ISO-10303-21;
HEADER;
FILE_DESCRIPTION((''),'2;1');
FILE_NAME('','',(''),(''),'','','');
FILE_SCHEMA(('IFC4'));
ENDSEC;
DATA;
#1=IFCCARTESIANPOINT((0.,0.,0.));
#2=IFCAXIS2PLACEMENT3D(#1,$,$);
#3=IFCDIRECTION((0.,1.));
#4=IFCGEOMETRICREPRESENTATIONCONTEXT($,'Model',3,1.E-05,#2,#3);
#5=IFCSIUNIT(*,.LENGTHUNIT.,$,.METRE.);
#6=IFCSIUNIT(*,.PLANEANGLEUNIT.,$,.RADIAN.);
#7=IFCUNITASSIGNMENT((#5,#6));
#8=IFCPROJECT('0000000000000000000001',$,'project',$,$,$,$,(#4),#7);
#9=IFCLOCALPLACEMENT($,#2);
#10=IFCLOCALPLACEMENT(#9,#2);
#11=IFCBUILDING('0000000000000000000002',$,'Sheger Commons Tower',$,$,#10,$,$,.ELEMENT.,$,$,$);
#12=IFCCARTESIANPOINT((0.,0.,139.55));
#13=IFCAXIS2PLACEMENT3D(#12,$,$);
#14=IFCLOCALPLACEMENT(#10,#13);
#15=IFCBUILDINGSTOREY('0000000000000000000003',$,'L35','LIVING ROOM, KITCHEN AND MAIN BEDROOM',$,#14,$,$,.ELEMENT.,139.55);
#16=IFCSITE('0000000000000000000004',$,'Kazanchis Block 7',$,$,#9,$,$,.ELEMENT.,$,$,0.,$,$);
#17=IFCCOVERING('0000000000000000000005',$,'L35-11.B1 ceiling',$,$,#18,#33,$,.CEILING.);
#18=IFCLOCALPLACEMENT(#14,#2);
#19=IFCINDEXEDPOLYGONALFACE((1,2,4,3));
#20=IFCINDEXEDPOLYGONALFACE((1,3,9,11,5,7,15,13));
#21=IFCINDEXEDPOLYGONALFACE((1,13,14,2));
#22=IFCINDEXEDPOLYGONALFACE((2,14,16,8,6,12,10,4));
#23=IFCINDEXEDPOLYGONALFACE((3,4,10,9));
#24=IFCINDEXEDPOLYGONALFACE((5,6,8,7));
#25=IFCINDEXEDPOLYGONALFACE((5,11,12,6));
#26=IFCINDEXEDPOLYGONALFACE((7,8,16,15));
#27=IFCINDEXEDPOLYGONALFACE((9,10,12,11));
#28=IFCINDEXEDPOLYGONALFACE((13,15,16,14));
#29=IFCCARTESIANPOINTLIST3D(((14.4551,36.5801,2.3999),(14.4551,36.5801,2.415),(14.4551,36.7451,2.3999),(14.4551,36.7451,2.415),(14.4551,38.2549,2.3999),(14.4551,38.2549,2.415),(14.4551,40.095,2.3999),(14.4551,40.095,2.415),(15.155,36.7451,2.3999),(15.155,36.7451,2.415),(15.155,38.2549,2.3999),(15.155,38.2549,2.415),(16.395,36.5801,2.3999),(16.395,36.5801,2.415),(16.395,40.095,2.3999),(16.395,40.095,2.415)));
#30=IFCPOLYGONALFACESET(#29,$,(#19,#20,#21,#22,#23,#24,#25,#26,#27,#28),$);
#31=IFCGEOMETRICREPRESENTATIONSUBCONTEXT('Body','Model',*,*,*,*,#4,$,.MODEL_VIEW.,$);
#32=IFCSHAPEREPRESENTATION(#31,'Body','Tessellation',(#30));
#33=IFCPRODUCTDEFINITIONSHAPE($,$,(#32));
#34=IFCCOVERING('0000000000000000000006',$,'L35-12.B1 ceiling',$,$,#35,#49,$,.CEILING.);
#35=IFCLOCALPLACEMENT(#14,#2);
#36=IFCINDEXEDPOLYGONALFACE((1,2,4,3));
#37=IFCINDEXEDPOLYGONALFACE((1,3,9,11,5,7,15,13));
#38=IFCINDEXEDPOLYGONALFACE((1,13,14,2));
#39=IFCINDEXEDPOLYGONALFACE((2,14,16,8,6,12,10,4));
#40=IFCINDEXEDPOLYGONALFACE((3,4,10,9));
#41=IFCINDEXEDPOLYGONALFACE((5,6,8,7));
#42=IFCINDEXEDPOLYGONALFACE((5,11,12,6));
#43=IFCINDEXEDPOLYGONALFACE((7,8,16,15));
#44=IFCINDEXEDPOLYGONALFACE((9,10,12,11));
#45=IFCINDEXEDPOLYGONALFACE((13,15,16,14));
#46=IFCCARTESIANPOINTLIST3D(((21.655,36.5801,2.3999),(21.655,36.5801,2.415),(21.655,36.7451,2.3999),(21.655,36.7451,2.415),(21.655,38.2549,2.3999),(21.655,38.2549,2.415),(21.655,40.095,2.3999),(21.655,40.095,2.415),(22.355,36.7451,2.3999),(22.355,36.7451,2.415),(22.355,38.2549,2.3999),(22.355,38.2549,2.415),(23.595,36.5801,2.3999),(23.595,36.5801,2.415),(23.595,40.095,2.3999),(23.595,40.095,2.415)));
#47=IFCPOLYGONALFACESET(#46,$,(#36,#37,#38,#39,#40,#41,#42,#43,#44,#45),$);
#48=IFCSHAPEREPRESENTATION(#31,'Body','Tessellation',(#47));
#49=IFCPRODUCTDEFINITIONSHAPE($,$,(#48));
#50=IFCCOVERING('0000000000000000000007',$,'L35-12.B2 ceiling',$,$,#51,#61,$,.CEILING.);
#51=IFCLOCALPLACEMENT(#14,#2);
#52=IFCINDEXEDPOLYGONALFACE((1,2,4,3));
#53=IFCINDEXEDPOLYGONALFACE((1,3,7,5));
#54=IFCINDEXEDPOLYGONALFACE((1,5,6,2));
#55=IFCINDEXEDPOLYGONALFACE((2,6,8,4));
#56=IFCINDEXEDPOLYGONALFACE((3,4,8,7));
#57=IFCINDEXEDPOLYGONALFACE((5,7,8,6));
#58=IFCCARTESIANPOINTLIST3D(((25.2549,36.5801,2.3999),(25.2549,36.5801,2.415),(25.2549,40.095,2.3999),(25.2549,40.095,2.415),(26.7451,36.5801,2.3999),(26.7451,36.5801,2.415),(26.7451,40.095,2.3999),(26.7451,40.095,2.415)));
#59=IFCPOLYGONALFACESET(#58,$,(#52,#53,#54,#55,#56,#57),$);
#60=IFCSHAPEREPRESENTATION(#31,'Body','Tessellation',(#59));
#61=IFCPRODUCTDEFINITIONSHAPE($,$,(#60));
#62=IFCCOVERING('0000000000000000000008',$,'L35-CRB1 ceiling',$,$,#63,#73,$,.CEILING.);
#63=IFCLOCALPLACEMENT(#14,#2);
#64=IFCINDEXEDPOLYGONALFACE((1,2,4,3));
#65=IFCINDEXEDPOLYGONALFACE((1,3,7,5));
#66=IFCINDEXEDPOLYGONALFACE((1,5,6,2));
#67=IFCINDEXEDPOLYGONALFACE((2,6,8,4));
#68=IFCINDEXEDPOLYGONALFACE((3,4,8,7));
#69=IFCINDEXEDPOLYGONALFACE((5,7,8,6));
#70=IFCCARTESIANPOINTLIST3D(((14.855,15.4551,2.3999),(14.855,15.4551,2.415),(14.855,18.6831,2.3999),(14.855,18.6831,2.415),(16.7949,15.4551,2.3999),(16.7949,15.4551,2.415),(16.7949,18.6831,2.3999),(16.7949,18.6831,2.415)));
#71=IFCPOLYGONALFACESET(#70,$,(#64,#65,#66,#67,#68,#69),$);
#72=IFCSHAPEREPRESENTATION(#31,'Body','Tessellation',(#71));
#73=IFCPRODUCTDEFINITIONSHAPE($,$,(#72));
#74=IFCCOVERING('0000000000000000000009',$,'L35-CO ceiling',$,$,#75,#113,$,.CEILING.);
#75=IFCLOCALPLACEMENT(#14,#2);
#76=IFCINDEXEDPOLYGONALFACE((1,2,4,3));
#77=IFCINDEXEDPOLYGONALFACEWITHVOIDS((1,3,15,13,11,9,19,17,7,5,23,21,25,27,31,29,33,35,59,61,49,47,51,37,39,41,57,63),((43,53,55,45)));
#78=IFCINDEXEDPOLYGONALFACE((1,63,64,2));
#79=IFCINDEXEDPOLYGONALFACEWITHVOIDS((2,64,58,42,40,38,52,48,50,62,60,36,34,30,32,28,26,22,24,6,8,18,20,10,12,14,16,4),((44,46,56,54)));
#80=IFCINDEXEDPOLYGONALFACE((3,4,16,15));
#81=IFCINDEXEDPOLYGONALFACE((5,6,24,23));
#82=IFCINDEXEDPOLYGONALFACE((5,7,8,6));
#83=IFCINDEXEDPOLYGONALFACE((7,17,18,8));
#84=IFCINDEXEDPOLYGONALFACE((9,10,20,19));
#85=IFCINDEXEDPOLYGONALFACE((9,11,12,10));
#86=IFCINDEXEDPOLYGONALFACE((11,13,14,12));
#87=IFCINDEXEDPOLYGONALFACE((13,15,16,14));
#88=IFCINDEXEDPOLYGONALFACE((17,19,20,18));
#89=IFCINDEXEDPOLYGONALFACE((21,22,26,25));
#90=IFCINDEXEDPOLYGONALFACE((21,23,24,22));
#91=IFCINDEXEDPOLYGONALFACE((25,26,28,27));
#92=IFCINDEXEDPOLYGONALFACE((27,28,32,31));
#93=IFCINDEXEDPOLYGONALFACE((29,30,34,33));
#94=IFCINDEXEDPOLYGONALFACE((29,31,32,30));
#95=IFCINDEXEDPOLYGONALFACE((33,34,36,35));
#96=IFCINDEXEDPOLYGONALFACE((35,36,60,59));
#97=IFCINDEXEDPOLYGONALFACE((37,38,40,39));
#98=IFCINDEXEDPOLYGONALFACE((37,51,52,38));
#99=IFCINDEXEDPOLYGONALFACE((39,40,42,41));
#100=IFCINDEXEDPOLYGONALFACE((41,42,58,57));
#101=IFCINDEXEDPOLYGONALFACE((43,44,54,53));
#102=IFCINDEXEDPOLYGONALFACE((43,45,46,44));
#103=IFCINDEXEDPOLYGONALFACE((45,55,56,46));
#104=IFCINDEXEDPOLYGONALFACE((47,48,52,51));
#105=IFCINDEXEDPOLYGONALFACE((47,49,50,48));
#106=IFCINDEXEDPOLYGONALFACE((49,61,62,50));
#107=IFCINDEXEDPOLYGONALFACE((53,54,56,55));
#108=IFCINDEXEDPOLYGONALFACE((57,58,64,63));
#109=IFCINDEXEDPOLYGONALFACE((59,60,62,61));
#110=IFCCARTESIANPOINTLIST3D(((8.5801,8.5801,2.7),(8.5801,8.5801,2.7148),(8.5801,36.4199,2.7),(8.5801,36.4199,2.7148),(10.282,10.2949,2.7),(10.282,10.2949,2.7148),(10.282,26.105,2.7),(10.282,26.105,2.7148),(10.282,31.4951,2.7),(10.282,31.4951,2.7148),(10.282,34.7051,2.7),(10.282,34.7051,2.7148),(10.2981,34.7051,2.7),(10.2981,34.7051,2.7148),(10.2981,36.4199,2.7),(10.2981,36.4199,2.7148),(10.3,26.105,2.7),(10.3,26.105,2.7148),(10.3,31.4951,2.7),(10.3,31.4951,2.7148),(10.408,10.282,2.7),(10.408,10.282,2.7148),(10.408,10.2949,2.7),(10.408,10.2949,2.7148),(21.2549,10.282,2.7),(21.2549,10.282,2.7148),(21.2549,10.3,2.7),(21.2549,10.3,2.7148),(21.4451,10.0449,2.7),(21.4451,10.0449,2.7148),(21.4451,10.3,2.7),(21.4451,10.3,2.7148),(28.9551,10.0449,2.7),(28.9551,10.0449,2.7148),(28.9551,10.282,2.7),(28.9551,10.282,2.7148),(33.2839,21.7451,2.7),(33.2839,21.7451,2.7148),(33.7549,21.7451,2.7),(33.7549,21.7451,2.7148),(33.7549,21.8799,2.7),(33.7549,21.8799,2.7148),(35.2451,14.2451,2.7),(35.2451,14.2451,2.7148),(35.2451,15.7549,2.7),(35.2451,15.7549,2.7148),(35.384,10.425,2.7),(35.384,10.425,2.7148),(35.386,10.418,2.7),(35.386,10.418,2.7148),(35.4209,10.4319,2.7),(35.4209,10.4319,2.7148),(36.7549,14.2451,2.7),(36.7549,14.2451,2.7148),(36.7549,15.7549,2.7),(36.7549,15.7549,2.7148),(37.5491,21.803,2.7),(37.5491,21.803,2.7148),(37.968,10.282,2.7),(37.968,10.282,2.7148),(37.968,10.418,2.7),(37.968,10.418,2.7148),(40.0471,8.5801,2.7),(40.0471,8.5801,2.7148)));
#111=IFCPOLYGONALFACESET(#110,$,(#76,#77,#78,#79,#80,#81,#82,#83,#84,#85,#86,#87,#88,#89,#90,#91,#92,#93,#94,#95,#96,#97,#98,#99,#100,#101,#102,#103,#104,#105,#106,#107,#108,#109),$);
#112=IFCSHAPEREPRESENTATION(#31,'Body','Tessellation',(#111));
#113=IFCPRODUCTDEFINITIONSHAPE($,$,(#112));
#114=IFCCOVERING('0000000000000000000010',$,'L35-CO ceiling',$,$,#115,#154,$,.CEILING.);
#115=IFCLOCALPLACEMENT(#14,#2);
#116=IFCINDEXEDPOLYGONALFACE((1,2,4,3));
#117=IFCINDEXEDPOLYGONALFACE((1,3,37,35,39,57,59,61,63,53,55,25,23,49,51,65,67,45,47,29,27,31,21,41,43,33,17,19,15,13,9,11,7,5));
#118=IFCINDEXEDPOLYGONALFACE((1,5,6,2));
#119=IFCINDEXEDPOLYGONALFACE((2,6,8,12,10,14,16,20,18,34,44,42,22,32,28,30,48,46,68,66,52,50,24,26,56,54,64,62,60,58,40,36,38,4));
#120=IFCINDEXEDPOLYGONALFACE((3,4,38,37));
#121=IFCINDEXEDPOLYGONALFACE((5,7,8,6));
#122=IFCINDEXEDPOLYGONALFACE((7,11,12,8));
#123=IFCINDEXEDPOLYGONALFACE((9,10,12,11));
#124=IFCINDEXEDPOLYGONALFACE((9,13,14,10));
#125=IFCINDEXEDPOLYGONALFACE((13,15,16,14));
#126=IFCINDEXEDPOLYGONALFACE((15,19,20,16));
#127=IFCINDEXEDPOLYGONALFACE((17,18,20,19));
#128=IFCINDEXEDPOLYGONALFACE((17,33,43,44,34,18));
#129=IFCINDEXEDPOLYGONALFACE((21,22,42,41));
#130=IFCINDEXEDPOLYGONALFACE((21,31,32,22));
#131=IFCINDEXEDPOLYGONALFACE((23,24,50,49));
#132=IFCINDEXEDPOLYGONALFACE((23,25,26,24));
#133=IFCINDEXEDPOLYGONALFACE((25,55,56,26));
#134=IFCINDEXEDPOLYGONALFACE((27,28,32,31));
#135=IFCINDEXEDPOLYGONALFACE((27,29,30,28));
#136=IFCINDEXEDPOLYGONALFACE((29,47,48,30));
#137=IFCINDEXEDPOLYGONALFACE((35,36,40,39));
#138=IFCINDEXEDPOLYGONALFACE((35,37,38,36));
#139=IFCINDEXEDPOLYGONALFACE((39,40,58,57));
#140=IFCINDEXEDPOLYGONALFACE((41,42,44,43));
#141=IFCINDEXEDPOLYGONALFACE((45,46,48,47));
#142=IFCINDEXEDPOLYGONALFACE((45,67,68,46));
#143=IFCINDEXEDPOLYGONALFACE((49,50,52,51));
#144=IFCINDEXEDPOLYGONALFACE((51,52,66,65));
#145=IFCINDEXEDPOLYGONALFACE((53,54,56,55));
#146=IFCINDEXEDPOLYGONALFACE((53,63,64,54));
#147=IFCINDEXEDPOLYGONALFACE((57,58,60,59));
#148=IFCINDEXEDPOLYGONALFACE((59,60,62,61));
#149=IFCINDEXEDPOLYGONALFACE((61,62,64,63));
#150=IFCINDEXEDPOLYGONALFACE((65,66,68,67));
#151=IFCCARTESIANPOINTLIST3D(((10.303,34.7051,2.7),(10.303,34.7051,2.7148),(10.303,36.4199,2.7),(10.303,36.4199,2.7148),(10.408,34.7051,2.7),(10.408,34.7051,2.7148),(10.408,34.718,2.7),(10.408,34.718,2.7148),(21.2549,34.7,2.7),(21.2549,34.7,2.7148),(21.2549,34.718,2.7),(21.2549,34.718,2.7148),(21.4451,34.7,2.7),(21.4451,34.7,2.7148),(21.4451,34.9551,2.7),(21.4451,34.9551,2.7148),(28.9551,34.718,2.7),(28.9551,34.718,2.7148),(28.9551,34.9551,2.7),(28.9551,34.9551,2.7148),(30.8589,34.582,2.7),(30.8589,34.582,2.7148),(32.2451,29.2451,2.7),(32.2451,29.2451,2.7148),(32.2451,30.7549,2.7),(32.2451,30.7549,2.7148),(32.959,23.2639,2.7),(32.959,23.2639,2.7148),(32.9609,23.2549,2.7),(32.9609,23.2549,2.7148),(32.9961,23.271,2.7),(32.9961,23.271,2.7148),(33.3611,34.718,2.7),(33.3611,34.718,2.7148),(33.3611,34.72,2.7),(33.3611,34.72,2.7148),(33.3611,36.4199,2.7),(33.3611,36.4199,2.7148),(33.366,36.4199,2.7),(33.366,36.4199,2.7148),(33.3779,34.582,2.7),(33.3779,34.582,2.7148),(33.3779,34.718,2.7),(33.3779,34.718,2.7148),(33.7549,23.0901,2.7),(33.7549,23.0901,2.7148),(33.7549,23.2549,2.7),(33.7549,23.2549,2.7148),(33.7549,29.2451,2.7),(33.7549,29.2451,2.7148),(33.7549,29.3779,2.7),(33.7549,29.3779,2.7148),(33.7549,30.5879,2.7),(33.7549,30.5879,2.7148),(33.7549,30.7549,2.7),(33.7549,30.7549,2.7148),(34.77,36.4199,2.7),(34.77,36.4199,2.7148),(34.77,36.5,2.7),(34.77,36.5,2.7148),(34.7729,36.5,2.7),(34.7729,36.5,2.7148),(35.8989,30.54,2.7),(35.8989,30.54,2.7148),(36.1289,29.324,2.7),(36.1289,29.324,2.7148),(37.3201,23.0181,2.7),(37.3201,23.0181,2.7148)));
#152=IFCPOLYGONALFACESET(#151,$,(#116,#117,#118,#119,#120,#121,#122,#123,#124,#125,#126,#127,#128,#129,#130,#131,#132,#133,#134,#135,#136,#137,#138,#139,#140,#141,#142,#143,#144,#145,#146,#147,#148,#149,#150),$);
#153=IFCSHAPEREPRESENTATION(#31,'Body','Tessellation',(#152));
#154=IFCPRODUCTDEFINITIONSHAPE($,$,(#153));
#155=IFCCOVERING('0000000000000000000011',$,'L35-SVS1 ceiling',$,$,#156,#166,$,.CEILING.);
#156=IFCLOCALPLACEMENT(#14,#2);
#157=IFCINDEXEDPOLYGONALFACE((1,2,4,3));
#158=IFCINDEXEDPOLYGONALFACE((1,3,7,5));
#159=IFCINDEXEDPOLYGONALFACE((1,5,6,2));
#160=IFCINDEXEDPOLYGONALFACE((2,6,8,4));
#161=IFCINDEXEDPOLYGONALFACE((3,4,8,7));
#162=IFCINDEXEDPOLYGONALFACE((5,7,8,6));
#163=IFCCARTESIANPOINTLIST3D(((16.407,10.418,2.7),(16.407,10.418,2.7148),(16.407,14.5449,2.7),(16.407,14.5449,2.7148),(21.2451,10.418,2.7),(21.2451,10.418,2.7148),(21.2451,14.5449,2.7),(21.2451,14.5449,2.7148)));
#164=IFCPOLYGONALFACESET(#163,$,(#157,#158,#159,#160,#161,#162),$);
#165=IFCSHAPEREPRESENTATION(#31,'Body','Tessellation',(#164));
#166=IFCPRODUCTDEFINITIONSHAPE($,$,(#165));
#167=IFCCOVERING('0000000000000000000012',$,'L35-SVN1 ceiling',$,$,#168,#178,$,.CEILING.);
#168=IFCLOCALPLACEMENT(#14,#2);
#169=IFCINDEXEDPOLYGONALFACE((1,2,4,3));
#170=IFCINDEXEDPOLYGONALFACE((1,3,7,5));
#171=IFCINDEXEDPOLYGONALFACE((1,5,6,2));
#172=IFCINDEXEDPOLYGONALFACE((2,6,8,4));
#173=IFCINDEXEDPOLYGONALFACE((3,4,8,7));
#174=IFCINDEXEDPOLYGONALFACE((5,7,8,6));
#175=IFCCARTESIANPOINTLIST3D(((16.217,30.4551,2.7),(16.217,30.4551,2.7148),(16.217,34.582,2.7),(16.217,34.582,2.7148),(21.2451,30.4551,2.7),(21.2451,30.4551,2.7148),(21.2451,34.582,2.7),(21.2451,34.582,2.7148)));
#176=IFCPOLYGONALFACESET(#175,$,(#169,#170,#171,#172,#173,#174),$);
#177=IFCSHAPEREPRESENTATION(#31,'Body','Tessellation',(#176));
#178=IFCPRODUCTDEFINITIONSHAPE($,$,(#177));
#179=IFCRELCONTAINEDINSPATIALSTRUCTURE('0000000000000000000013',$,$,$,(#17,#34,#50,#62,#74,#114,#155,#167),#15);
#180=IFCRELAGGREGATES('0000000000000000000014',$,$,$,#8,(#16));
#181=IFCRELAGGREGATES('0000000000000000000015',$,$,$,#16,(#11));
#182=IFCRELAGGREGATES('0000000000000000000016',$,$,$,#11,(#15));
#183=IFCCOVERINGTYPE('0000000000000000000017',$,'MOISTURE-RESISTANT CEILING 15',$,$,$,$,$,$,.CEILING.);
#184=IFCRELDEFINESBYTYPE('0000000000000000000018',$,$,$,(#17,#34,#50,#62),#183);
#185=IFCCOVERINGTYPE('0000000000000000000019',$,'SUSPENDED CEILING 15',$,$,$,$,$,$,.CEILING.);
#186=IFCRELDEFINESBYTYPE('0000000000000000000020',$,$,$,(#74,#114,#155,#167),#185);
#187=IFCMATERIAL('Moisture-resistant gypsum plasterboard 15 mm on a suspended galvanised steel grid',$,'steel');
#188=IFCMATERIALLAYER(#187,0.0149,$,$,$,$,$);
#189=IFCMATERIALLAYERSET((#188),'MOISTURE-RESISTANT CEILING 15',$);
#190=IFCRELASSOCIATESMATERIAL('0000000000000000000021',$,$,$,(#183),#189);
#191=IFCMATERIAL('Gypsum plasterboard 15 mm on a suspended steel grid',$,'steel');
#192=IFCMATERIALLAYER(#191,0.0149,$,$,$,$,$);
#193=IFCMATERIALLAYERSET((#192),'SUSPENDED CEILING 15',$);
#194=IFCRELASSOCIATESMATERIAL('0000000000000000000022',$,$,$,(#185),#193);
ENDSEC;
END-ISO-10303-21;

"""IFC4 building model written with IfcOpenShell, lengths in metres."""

from ifc_helpers import new_model, si_unit, direction, frame, origin, place, context, subcontext, project, spatial, polyline, outline, extrude, material, layer, layer_set, type_object, element, save


model = new_model("IFC4")

# Units and contexts
model_context = context("Model", 3, precision=1e-05, world=origin(), true_north=direction((0.0, 1.0)))
body_context = subcontext(model_context, "Body", "Model", "MODEL_VIEW")
ifc_project = project(units=[si_unit("LENGTHUNIT", "METRE"), si_unit("PLANEANGLEUNIT", "RADIAN")], contexts=[model_context])

# Site, building, storey
site_placement = place(None, origin())
site = spatial("IfcSite", under=ifc_project, at=site_placement, Name="Kazanchis Block 7", CompositionType="ELEMENT", RefElevation=0.0)
building_placement = place(site_placement, origin())
building = spatial("IfcBuilding", under=site, at=building_placement, Name="Sheger Commons Tower", CompositionType="ELEMENT")
storey_placement = place(building_placement, frame((0.0, 0.0, 139.55)))
storey = spatial("IfcBuildingStorey", under=building, at=storey_placement, Name="L35", Description="LIVING ROOM, KITCHEN AND MAIN BEDROOM", CompositionType="ELEMENT", Elevation=139.55)

# Coverings
ifc_material_1 = material(Name="Moisture-resistant gypsum plasterboard 15 mm on a suspended galvanised steel grid", Category="steel")
ifc_layer_1 = layer(ifc_material_1, 0.0149)
ifc_layer_set_1 = layer_set([ifc_layer_1], Name="MOISTURE-RESISTANT CEILING 15")
covering_type_1 = type_object("IfcCoveringType", Name="MOISTURE-RESISTANT CEILING 15", PredefinedType="CEILING", material=ifc_layer_set_1)
covering_1_placement = place(storey_placement, frame((0.0, 0.0, 2.3999)))
element("IfcCovering", 1, at=covering_1_placement, inside=storey, type_object=covering_type_1, Name="L35-11.B1 ceiling", PredefinedType="CEILING", context=body_context, shape_type="SweptSolid", body=[
    extrude(outline(polyline([(14.4551, 36.5801), (16.395, 36.5801), (16.395, 40.095), (14.4551, 40.095), (14.4551, 38.2549), (15.155, 38.2549), (15.155, 36.7451), (14.4551, 36.7451), (14.4551, 36.5801)])), origin(), (0.0, 0.0, 1.0), 0.0151),
])
covering_2_placement = place(storey_placement, frame((0.0, 0.0, 2.3999)))
element("IfcCovering", 2, at=covering_2_placement, inside=storey, type_object=covering_type_1, Name="L35-12.B1 ceiling", PredefinedType="CEILING", context=body_context, shape_type="SweptSolid", body=[
    extrude(outline(polyline([(21.655, 36.5801), (23.595, 36.5801), (23.595, 40.095), (21.655, 40.095), (21.655, 38.2549), (22.355, 38.2549), (22.355, 36.7451), (21.655, 36.7451), (21.655, 36.5801)])), origin(), (0.0, 0.0, 1.0), 0.0151),
])
covering_3_placement = place(storey_placement, frame((0.0, 0.0, 2.3999)))
element("IfcCovering", 3, at=covering_3_placement, inside=storey, type_object=covering_type_1, Name="L35-12.B2 ceiling", PredefinedType="CEILING", context=body_context, shape_type="SweptSolid", body=[
    extrude(outline(polyline([(25.2549, 36.5801), (26.7451, 36.5801), (26.7451, 40.095), (25.2549, 40.095), (25.2549, 36.5801)])), origin(), (0.0, 0.0, 1.0), 0.0151),
])
covering_4_placement = place(storey_placement, frame((0.0, 0.0, 2.3999)))
element("IfcCovering", 4, at=covering_4_placement, inside=storey, type_object=covering_type_1, Name="L35-CRB1 ceiling", PredefinedType="CEILING", context=body_context, shape_type="SweptSolid", body=[
    extrude(outline(polyline([(14.855, 15.4551), (16.7949, 15.4551), (16.7949, 18.6831), (14.855, 18.6831), (14.855, 15.4551)])), origin(), (0.0, 0.0, 1.0), 0.0151),
])
ifc_material_2 = material(Name="Gypsum plasterboard 15 mm on a suspended steel grid", Category="steel")
ifc_layer_2 = layer(ifc_material_2, 0.0149)
ifc_layer_set_2 = layer_set([ifc_layer_2], Name="SUSPENDED CEILING 15")
covering_type_2 = type_object("IfcCoveringType", Name="SUSPENDED CEILING 15", PredefinedType="CEILING", material=ifc_layer_set_2)
covering_5_placement = place(storey_placement, frame((0.0, 0.0, 2.7)))
element("IfcCovering", 5, at=covering_5_placement, inside=storey, type_object=covering_type_2, Name="L35-CO ceiling", PredefinedType="CEILING", context=body_context, shape_type="SweptSolid", body=[
    extrude(outline(polyline([(8.5801, 8.5801), (40.0471, 8.5801), (37.5491, 21.803), (33.7549, 21.8799), (33.7549, 21.7451), (33.2839, 21.7451), (35.4209, 10.4319), (35.384, 10.425), (35.386, 10.418), (37.968, 10.418), (37.968, 10.282), (28.9551, 10.282), (28.9551, 10.0449), (21.4451, 10.0449), (21.4451, 10.3), (21.2549, 10.3), (21.2549, 10.282), (10.408, 10.282), (10.408, 10.2949), (10.282, 10.2949), (10.282, 26.105), (10.3, 26.105), (10.3, 31.4951), (10.282, 31.4951), (10.282, 34.7051), (10.2981, 34.7051), (10.2981, 36.4199), (8.5801, 36.4199), (8.5801, 8.5801)]), holes=[polyline([(35.2451, 15.7549), (36.7549, 15.7549), (36.7549, 14.2451), (35.2451, 14.2451), (35.2451, 15.7549)])]), origin(), (0.0, 0.0, 1.0), 0.0149),
])
covering_6_placement = place(storey_placement, frame((0.0, 0.0, 2.7)))
element("IfcCovering", 6, at=covering_6_placement, inside=storey, type_object=covering_type_2, Name="L35-CO ceiling", PredefinedType="CEILING", context=body_context, shape_type="SweptSolid", body=[
    extrude(outline(polyline([(37.3201, 23.0181), (36.1289, 29.324), (33.7549, 29.3779), (33.7549, 29.2451), (32.2451, 29.2451), (32.2451, 30.7549), (33.7549, 30.7549), (33.7549, 30.5879), (35.8989, 30.54), (34.7729, 36.5), (34.77, 36.5), (34.77, 36.4199), (33.366, 36.4199), (33.3611, 34.72), (33.3611, 36.4199), (10.303, 36.4199), (10.303, 34.7051), (10.408, 34.7051), (10.408, 34.718), (21.2549, 34.718), (21.2549, 34.7), (21.4451, 34.7), (21.4451, 34.9551), (28.9551, 34.9551), (28.9551, 34.718), (33.3611, 34.718), (33.3779, 34.718), (33.3779, 34.582), (30.8589, 34.582), (32.9961, 23.271), (32.959, 23.2639), (32.9609, 23.2549), (33.7549, 23.2549), (33.7549, 23.0901), (37.3201, 23.0181)])), origin(), (0.0, 0.0, 1.0), 0.0149),
])
covering_7_placement = place(storey_placement, frame((0.0, 0.0, 2.7)))
element("IfcCovering", 7, at=covering_7_placement, inside=storey, type_object=covering_type_2, Name="L35-SVS1 ceiling", PredefinedType="CEILING", context=body_context, shape_type="SweptSolid", body=[
    extrude(outline(polyline([(16.407, 10.418), (21.2451, 10.418), (21.2451, 14.5449), (16.407, 14.5449), (16.407, 10.418)])), origin(), (0.0, 0.0, 1.0), 0.0149),
])
covering_8_placement = place(storey_placement, frame((0.0, 0.0, 2.7)))
element("IfcCovering", 8, at=covering_8_placement, inside=storey, type_object=covering_type_2, Name="L35-SVN1 ceiling", PredefinedType="CEILING", context=body_context, shape_type="SweptSolid", body=[
    extrude(outline(polyline([(16.217, 30.4551), (21.2451, 30.4551), (21.2451, 34.582), (16.217, 34.582), (16.217, 30.4551)])), origin(), (0.0, 0.0, 1.0), 0.0149),
])

save(model, "model.ifc")
